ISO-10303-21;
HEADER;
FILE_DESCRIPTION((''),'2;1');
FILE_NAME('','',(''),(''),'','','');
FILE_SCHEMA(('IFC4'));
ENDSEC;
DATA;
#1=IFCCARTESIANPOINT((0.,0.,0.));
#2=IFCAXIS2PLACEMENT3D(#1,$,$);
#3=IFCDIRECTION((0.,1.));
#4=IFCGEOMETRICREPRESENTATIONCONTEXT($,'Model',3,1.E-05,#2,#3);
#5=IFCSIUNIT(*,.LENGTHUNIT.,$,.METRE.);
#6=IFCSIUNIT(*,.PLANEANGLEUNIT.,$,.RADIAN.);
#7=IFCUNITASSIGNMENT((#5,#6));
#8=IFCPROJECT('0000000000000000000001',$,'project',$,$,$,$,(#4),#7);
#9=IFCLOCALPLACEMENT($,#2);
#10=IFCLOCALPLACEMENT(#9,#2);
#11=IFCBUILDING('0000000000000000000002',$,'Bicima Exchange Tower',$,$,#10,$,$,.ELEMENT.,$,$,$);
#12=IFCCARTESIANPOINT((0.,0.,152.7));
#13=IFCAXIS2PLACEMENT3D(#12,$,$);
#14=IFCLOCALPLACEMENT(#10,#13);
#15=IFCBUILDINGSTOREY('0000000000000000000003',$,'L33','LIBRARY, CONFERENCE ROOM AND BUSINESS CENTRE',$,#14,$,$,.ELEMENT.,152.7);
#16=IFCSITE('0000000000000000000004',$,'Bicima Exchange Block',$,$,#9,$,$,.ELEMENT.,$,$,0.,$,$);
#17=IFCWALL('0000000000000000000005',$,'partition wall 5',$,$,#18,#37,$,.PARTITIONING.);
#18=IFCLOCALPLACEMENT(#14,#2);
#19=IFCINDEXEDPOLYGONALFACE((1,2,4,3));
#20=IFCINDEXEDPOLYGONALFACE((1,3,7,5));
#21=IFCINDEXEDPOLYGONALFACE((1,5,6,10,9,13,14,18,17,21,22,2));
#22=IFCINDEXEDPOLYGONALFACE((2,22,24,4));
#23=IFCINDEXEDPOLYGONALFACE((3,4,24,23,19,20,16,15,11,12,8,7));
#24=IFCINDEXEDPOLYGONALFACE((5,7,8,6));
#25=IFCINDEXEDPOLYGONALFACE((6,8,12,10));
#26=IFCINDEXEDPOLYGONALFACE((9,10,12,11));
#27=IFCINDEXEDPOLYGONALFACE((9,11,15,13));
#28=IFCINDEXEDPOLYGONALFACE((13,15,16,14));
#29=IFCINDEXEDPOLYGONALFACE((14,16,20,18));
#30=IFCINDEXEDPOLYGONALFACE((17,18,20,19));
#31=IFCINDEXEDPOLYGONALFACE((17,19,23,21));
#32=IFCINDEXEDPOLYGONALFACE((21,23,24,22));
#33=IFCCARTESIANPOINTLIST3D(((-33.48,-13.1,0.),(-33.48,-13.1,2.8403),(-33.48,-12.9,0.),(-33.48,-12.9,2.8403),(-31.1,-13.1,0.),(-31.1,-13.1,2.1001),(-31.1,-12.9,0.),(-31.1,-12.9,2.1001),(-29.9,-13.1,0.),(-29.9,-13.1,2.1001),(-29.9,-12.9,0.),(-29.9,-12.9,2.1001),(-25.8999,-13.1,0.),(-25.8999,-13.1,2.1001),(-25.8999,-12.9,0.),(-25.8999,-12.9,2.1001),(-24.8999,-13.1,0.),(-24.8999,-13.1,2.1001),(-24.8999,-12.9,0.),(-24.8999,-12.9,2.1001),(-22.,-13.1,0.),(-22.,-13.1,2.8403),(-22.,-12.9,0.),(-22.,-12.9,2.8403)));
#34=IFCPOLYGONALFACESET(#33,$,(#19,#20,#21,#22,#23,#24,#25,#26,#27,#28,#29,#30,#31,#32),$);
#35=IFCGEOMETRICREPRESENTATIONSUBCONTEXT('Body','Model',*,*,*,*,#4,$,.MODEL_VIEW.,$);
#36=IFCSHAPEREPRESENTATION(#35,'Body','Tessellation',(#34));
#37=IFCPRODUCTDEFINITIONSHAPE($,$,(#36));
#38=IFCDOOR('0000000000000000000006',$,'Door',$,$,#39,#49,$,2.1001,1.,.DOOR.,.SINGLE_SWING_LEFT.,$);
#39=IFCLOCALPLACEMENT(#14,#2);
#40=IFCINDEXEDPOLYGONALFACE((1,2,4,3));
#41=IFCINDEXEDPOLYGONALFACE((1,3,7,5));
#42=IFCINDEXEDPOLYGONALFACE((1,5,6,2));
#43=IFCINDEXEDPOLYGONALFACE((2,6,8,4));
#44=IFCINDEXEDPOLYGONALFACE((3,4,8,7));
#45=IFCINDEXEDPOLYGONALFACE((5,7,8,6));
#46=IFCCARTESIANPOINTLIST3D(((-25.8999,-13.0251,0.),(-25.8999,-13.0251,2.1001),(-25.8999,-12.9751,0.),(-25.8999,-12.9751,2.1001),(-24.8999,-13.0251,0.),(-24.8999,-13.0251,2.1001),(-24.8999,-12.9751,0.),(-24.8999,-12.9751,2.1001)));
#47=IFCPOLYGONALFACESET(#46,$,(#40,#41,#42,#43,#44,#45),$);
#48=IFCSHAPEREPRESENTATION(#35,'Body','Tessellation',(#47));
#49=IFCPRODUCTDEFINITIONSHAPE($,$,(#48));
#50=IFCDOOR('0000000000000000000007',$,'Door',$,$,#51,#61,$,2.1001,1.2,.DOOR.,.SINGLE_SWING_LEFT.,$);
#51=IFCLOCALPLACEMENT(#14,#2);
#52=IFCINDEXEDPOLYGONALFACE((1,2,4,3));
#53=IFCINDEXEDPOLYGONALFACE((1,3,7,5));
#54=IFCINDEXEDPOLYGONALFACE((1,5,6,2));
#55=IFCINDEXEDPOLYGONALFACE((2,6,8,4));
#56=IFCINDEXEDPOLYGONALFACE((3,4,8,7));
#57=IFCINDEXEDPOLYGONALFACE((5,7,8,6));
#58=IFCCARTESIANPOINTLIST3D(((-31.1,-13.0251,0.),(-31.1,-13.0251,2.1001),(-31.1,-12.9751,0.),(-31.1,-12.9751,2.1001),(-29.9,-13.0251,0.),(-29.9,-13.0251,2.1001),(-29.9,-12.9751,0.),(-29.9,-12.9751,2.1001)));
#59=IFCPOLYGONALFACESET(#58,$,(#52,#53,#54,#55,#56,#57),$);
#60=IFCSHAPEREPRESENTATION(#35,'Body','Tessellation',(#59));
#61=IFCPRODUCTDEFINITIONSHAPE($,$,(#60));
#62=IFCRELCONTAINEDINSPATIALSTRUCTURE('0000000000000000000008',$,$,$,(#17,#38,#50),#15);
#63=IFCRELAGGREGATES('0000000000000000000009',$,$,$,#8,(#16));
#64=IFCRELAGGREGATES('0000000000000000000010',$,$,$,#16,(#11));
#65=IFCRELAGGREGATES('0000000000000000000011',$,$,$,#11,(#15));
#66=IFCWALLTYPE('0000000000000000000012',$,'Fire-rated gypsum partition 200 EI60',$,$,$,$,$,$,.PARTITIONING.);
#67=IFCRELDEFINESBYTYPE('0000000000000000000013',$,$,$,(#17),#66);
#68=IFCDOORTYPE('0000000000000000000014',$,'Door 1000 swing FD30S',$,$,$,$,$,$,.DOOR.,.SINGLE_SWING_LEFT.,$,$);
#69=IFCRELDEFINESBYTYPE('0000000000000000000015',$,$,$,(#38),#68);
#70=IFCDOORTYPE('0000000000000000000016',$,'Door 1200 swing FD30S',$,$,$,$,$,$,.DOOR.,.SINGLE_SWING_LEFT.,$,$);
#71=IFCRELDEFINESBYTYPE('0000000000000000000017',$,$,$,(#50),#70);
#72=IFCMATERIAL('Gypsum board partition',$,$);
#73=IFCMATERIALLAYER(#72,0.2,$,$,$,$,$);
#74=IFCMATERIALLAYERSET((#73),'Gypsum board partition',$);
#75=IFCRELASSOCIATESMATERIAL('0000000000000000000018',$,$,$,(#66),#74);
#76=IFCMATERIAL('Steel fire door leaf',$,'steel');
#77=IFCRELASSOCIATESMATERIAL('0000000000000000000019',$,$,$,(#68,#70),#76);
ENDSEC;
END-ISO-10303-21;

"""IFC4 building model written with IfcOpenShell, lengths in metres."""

from ifc_helpers import new_model, si_unit, direction, frame, frame_2d, origin, place, context, subcontext, project, spatial, rectangle, extrude, material, layer, layer_set, type_object, element, fill, save


model = new_model("IFC4")

# Units and contexts
model_context = context("Model", 3, precision=1e-05, world=origin(), true_north=direction((0.0, 1.0)))
body_context = subcontext(model_context, "Body", "Model", "MODEL_VIEW")
ifc_project = project(units=[si_unit("LENGTHUNIT", "METRE"), si_unit("PLANEANGLEUNIT", "RADIAN")], contexts=[model_context])

# Site, building, storey
site_placement = place(None, origin())
site = spatial("IfcSite", under=ifc_project, at=site_placement, Name="Bicima Exchange Block", CompositionType="ELEMENT", RefElevation=0.0)
building_placement = place(site_placement, origin())
building = spatial("IfcBuilding", under=site, at=building_placement, Name="Bicima Exchange Tower", CompositionType="ELEMENT")
storey_placement = place(building_placement, frame((0.0, 0.0, 152.7)))
storey = spatial("IfcBuildingStorey", under=building, at=storey_placement, Name="L33", Description="LIBRARY, CONFERENCE ROOM AND BUSINESS CENTRE", CompositionType="ELEMENT", Elevation=152.7)

# Shared definitions
ifc_material_1 = material(Name="Gypsum board partition")
ifc_layer_1 = layer(ifc_material_1, 0.2)
ifc_layer_set_1 = layer_set([ifc_layer_1], Name="Gypsum board partition")
wall_type = type_object("IfcWallType", Name="Fire-rated gypsum partition 200 EI60", PredefinedType="PARTITIONING", material=ifc_layer_set_1)
ifc_material_2 = material(Name="Steel fire door leaf", Category="steel")
door_type_1 = type_object("IfcDoorType", Name="Door 1000 swing FD30S", OperationType="SINGLE_SWING_LEFT", PredefinedType="DOOR", material=ifc_material_2)

# Wall, openings, doors
wall_1_placement = place(storey_placement, frame((-33.48, -13.0, 0.0), z_axis=(0.0, 0.0, 1.0), x_axis=(1.0, 0.0, 0.0)))
wall_1 = element("IfcWall", 1, at=wall_1_placement, inside=storey, type_object=wall_type, Name="partition wall 5", PredefinedType="PARTITIONING", context=body_context, shape_type="SweptSolid", body=[
    extrude(rectangle(XDim=11.48, YDim=0.2, at=frame_2d((5.74, 0.0))), origin(), (0.0, 0.0, 1.0), 2.8403),
])
opening_1_placement = place(wall_1_placement, frame((2.3799, 0.0, 0.0)))
opening_1 = element("IfcOpeningElement", 2, at=opening_1_placement, cuts=wall_1, PredefinedType="OPENING", context=body_context, shape_type="SweptSolid", body=[
    extrude(rectangle(XDim=1.2, YDim=2.1001, at=frame_2d((0.6001, 1.05))), frame((0.0, 0.1118, 0.0), z_axis=(0.0, -1.0, 0.0), x_axis=(1.0, 0.0, 0.0)), (0.0, 0.0, 1.0), 0.2239),
])
opening_2_placement = place(wall_1_placement, frame((7.5801, 0.0, 0.0)))
opening_2 = element("IfcOpeningElement", 3, at=opening_2_placement, cuts=wall_1, PredefinedType="OPENING", context=body_context, shape_type="SweptSolid", body=[
    extrude(rectangle(XDim=1.0, YDim=2.1001, at=frame_2d((0.5, 1.05))), frame((0.0, 0.1118, 0.0), z_axis=(0.0, -1.0, 0.0), x_axis=(1.0, 0.0, 0.0)), (0.0, 0.0, 1.0), 0.2239),
])
door_1_placement = place(opening_2_placement, origin())
door_1 = element("IfcDoor", 4, at=door_1_placement, inside=storey, type_object=door_type_1, Name="Door", OperationType="SINGLE_SWING_LEFT", OverallHeight=2.1001, OverallWidth=1.0, PredefinedType="DOOR", context=body_context, shape_type="SweptSolid", body=[
    extrude(rectangle(XDim=1.0, YDim=2.1001, at=frame_2d((0.5, 1.05))), frame((0.0, 0.0249, 0.0), z_axis=(0.0, -1.0, 0.0), x_axis=(1.0, 0.0, 0.0)), (0.0, 0.0, 1.0), 0.05),
])
fill(opening_2, door_1)
door_type_2 = type_object("IfcDoorType", Name="Door 1200 swing FD30S", OperationType="SINGLE_SWING_LEFT", PredefinedType="DOOR", material=ifc_material_2)
door_2_placement = place(opening_1_placement, origin())
door_2 = element("IfcDoor", 5, at=door_2_placement, inside=storey, type_object=door_type_2, Name="Door", OperationType="SINGLE_SWING_LEFT", OverallHeight=2.1001, OverallWidth=1.2, PredefinedType="DOOR", context=body_context, shape_type="SweptSolid", body=[
    extrude(rectangle(XDim=1.2, YDim=2.1001, at=frame_2d((0.6001, 1.05))), frame((0.0, 0.0249, 0.0), z_axis=(0.0, -1.0, 0.0), x_axis=(1.0, 0.0, 0.0)), (0.0, 0.0, 1.0), 0.05),
])
fill(opening_1, door_2)

save(model, "model.ifc")
